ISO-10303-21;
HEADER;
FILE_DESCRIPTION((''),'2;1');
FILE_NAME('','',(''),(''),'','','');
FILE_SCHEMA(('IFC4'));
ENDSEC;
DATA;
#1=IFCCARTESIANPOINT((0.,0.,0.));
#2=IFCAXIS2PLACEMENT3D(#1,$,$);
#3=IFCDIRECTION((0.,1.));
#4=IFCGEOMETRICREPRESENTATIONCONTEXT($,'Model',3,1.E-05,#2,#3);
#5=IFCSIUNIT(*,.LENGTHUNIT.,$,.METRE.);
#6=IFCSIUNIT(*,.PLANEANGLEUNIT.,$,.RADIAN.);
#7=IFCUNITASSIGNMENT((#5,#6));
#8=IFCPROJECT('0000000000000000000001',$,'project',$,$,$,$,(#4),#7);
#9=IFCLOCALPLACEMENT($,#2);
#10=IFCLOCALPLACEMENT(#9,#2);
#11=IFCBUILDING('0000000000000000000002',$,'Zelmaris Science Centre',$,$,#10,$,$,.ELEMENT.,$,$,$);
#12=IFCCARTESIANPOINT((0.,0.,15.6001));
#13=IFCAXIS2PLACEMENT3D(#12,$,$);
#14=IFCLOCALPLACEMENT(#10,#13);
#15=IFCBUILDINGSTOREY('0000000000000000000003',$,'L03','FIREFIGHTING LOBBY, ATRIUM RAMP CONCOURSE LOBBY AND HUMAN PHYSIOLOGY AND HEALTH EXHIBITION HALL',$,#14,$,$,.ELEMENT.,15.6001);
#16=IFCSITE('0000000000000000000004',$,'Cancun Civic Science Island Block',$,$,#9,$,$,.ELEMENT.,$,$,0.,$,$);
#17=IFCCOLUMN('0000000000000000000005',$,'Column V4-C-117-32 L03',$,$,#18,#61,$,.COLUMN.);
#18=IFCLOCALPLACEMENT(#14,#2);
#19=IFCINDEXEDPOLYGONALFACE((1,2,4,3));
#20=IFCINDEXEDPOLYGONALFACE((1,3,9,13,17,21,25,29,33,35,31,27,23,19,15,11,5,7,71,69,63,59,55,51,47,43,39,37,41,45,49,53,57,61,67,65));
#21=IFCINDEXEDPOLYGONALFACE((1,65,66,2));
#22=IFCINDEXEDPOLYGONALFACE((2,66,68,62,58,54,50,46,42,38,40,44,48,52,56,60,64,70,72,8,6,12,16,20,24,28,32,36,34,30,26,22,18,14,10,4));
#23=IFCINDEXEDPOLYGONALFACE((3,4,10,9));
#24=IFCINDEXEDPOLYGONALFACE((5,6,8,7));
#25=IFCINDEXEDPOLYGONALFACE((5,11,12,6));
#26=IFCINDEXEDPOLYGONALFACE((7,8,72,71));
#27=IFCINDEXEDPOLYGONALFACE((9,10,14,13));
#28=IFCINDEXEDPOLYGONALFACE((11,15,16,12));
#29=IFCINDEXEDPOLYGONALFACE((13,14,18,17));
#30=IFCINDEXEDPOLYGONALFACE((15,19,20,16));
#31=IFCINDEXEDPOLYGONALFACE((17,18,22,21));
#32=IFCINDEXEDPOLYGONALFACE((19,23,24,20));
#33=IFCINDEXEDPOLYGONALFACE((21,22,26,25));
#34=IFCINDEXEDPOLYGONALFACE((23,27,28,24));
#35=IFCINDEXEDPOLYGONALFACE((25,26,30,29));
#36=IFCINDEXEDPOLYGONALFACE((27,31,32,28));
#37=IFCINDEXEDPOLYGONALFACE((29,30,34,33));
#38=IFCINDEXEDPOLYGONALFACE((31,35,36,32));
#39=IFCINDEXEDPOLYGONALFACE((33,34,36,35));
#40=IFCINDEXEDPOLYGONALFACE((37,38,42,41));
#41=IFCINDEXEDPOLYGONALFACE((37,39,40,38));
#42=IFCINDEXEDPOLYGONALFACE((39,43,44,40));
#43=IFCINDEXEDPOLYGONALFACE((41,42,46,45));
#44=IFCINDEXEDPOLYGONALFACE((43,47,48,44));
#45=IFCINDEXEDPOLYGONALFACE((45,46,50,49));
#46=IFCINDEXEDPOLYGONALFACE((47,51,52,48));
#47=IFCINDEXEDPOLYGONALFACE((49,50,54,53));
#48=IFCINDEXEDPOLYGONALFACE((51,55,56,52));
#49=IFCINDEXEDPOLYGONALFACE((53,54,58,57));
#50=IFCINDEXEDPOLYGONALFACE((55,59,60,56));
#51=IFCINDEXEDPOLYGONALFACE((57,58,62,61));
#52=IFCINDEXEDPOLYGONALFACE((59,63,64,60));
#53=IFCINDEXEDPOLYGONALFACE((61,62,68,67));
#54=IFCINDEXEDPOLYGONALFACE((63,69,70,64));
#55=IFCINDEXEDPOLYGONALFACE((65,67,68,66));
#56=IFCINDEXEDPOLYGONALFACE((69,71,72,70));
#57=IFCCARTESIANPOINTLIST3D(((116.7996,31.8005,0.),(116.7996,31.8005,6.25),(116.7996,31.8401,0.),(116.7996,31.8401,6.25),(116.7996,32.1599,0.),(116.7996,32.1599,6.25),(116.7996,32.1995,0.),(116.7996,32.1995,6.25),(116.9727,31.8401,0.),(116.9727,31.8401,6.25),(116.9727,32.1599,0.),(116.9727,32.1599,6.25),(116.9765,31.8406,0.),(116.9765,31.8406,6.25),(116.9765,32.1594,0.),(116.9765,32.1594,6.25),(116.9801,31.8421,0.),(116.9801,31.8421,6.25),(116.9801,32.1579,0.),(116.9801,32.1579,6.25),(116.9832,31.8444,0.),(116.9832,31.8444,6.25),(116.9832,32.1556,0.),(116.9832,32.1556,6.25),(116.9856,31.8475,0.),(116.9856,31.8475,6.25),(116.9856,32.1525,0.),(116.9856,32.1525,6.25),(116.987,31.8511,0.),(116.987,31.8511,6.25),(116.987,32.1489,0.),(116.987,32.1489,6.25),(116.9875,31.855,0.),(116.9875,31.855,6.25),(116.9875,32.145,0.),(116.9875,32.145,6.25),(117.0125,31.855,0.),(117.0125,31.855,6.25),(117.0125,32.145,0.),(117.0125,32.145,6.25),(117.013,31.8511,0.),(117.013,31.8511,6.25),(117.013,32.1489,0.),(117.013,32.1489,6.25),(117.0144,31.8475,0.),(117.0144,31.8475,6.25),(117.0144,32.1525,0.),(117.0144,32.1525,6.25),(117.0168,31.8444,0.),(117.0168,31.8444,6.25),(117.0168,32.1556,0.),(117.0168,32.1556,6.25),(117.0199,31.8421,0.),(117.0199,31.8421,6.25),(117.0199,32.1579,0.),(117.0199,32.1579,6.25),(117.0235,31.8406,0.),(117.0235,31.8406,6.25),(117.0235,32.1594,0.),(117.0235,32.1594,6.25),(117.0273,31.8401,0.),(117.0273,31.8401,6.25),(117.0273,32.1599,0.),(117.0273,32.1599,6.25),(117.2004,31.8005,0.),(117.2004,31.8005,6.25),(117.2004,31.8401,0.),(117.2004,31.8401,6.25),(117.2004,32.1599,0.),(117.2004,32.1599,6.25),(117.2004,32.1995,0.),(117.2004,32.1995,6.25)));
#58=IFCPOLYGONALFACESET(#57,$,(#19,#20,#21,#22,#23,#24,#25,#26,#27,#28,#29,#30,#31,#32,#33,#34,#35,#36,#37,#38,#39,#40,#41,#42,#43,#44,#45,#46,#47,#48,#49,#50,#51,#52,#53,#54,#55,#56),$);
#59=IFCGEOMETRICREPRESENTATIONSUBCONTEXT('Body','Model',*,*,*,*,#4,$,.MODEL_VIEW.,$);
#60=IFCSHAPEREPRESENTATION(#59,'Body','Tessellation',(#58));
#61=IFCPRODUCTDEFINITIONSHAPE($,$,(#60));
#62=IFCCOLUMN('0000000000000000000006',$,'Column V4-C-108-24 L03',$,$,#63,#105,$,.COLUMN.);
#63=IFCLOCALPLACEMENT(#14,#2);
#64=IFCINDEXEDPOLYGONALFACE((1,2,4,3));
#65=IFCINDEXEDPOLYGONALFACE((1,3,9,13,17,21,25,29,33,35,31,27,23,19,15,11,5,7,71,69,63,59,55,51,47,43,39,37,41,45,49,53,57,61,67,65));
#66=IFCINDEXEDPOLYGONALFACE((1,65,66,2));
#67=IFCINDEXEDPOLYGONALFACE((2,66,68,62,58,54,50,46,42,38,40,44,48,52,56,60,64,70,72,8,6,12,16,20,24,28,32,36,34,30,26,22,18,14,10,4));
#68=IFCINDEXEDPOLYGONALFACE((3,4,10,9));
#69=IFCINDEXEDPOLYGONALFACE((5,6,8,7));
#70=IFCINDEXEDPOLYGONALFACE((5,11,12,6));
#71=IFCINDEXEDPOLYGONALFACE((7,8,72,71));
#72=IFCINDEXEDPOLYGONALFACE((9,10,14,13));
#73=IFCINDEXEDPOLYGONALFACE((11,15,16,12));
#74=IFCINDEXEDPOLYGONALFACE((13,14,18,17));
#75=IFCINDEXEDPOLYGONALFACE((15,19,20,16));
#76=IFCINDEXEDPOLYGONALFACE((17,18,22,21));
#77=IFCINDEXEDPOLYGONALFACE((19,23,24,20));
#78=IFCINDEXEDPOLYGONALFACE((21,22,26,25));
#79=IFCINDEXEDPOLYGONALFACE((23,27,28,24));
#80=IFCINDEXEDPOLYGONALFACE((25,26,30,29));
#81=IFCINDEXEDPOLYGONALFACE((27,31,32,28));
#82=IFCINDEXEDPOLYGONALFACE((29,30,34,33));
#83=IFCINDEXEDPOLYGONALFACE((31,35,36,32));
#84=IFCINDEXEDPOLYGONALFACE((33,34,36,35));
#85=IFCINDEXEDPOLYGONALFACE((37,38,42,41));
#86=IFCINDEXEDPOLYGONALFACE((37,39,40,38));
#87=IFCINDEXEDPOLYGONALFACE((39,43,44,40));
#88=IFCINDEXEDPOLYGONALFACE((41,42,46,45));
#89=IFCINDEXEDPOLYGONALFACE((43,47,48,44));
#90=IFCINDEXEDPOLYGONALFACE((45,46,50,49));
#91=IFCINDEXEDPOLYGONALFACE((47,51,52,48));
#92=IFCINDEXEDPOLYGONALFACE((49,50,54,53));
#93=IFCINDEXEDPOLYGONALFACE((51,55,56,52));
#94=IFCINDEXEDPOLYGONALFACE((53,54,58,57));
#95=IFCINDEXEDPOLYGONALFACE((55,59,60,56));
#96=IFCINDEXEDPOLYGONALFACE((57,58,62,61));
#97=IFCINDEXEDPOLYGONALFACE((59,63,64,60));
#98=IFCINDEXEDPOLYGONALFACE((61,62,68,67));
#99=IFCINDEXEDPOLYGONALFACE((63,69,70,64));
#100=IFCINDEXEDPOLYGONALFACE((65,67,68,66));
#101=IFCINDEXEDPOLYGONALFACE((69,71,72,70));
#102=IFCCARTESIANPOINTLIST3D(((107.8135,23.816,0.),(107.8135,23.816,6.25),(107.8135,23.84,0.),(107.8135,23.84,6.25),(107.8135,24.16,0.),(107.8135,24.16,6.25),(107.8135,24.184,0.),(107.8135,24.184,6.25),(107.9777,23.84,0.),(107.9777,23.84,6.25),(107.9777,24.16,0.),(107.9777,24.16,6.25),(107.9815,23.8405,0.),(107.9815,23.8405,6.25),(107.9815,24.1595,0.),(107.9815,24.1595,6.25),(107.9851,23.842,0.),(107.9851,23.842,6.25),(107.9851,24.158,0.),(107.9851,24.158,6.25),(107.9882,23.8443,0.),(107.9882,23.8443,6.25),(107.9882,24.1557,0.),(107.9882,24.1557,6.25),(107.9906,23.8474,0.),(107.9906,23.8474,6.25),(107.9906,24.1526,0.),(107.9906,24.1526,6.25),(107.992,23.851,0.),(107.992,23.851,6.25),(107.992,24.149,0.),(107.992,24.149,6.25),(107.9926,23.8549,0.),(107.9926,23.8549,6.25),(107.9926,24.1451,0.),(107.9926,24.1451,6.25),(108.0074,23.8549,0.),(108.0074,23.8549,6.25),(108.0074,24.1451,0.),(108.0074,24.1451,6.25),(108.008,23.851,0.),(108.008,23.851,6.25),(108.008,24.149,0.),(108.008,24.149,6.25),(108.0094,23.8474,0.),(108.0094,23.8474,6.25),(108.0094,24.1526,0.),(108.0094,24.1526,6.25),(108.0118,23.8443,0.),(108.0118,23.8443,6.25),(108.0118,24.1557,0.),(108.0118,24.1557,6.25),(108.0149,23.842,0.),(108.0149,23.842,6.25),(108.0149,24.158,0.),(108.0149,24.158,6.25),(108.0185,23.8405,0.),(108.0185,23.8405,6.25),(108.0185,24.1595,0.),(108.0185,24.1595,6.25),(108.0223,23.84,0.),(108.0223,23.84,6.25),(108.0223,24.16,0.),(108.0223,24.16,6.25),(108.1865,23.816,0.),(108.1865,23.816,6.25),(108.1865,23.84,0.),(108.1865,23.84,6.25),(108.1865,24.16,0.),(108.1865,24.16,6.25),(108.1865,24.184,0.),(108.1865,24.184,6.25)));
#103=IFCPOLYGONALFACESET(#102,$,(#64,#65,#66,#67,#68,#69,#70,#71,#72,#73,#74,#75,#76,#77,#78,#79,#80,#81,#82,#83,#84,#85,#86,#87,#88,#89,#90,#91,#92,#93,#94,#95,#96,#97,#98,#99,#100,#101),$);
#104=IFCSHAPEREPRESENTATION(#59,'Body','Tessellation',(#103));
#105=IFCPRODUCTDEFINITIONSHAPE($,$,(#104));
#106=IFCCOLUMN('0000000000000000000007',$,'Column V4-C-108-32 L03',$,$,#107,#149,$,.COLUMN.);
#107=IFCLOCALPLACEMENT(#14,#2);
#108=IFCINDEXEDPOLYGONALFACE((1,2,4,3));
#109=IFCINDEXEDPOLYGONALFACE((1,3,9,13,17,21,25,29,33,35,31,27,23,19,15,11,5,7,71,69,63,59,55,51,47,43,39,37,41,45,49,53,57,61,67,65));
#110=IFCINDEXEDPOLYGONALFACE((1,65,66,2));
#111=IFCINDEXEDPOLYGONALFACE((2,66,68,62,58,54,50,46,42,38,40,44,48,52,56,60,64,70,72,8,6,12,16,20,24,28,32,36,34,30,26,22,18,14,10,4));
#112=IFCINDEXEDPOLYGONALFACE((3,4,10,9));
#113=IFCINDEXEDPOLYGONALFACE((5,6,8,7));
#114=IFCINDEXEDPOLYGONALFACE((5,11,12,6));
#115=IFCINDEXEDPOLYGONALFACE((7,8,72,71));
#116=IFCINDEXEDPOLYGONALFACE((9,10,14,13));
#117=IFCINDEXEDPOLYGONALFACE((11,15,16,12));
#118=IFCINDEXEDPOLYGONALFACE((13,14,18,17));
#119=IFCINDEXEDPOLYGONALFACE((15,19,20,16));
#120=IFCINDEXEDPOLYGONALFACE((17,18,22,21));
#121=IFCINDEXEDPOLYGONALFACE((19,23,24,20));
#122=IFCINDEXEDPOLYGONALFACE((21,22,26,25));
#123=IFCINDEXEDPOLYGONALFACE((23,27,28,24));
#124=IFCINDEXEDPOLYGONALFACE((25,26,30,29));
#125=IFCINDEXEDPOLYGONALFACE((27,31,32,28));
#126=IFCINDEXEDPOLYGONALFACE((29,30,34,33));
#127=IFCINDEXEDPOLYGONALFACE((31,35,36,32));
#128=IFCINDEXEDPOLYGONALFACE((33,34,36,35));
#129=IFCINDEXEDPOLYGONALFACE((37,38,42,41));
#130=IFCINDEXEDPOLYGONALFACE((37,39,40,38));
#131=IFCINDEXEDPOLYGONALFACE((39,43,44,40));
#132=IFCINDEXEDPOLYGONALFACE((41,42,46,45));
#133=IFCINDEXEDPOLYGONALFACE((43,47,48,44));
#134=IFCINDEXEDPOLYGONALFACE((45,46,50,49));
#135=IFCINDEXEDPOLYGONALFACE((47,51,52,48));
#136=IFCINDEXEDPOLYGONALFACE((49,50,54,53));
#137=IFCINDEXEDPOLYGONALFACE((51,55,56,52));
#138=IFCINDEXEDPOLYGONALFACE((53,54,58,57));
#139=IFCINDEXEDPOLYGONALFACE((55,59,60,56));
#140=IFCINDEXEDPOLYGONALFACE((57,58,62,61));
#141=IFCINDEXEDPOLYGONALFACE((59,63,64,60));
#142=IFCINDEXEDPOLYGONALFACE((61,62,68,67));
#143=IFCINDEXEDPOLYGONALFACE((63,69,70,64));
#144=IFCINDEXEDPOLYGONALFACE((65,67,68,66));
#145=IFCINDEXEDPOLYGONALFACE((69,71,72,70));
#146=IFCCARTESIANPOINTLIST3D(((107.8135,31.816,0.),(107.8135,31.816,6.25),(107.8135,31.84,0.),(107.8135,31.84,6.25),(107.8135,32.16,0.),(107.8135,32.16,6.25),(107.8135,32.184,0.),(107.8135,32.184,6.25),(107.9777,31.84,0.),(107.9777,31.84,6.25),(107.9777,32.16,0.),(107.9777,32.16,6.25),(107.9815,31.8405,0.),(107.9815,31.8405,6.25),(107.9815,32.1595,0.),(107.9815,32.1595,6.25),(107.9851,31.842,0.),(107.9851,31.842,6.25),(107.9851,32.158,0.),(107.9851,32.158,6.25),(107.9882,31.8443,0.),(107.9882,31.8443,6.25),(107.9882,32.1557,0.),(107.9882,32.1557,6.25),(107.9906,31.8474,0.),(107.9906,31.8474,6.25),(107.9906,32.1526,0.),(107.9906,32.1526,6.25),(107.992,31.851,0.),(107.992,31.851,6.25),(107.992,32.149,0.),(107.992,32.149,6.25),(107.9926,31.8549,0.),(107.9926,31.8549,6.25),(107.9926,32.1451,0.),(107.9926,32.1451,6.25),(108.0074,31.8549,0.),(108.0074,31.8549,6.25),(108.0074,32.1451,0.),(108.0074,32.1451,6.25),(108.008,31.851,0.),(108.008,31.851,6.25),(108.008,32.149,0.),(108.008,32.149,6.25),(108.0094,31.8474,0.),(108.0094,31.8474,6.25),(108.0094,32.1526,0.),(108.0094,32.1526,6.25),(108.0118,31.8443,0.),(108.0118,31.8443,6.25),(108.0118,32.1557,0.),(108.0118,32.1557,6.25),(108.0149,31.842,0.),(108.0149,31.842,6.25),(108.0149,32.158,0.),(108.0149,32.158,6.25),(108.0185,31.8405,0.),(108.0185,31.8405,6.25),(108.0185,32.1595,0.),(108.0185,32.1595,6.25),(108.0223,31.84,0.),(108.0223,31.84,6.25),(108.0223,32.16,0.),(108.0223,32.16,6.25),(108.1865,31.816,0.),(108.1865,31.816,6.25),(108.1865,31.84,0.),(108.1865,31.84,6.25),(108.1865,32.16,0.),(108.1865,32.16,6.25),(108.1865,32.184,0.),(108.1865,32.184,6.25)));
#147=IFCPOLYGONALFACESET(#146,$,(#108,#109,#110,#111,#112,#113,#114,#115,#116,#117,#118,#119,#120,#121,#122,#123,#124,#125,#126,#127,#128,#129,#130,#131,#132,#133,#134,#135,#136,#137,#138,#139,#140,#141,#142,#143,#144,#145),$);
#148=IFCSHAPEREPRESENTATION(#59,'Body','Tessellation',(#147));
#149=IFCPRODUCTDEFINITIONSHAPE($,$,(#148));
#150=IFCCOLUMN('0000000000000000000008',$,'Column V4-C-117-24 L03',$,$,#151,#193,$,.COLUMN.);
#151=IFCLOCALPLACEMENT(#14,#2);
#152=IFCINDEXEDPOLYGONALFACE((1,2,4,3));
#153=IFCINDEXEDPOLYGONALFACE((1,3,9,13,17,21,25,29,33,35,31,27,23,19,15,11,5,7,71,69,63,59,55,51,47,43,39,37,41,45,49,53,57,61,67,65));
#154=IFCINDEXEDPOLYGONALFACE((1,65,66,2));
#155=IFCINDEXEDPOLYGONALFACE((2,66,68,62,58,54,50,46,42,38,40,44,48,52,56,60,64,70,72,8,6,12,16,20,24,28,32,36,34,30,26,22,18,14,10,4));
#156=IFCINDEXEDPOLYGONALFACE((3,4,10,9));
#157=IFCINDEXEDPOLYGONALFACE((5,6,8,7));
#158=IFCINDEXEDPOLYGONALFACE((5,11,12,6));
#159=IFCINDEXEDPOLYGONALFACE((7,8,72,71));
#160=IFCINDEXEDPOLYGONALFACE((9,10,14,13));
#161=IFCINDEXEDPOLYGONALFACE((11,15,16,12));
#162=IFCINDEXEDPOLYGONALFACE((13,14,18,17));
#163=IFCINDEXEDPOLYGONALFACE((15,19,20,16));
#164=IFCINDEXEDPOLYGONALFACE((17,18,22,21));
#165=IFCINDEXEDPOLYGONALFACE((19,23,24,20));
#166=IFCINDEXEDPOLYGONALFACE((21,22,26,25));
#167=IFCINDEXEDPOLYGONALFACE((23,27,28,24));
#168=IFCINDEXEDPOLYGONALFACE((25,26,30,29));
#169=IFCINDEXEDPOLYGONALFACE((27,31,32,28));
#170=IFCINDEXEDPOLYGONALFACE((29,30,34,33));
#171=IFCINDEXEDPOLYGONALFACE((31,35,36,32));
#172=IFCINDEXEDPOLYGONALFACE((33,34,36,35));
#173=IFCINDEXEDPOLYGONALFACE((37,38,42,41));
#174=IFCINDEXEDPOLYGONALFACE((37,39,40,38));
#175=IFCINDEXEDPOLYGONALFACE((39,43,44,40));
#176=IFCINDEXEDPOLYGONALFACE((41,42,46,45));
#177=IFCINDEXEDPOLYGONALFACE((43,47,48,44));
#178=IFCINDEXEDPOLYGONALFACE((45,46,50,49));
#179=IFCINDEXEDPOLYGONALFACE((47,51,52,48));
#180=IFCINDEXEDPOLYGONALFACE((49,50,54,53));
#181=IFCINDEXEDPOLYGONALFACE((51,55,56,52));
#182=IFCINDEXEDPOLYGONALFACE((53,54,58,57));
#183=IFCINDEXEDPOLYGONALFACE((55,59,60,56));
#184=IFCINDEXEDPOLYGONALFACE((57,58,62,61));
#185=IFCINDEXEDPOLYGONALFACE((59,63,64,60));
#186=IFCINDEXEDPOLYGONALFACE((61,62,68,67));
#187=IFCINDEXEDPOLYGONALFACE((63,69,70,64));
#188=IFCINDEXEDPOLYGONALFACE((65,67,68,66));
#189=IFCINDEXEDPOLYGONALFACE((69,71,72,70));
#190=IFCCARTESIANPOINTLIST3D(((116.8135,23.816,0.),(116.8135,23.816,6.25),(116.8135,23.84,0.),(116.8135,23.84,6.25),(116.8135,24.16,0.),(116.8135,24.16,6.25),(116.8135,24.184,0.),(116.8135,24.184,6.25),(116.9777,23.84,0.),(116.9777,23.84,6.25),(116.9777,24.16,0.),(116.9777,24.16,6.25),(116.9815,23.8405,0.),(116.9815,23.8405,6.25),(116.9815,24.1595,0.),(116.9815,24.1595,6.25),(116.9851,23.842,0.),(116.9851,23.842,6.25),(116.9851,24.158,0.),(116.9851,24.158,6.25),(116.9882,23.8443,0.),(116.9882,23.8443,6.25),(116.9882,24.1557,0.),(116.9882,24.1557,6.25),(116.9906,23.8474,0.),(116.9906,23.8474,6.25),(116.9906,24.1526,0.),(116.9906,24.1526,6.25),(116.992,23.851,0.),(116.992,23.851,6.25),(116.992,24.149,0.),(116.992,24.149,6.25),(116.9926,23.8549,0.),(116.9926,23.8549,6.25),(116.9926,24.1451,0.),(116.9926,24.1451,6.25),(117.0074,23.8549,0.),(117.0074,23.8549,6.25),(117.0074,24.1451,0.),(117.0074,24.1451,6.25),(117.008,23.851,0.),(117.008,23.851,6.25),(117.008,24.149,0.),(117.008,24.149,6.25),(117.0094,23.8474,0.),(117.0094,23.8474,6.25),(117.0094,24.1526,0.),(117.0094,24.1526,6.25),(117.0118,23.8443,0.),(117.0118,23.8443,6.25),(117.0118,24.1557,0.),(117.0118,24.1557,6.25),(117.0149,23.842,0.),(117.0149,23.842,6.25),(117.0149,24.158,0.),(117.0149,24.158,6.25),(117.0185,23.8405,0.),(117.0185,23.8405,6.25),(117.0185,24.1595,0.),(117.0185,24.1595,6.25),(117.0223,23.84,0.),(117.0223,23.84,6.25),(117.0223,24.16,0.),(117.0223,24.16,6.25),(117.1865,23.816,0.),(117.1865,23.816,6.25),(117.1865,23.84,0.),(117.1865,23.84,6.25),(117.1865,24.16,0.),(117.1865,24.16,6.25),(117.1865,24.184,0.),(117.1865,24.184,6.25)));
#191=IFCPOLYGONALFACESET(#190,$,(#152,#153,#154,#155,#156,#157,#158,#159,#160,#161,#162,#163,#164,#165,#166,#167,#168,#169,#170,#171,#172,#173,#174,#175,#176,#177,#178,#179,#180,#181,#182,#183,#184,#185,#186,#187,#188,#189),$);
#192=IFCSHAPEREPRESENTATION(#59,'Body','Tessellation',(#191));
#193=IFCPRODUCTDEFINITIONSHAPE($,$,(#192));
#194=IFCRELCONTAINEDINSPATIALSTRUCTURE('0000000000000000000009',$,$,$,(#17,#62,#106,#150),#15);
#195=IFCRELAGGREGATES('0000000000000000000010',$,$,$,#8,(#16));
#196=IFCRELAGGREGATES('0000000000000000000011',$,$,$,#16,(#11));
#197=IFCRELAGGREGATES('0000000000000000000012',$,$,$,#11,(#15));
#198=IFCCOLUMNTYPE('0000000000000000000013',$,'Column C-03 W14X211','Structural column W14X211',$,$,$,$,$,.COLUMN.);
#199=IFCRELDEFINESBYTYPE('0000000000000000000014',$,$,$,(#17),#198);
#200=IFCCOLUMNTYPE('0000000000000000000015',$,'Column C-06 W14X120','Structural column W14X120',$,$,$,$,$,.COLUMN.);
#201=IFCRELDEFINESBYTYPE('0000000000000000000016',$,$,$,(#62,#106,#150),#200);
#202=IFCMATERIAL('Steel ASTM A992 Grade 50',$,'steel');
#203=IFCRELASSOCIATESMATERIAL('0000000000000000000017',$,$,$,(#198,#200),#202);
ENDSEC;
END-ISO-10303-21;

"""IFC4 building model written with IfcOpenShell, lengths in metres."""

from ifc_helpers import new_model, si_unit, direction, frame, origin, origin_2d, place, context, subcontext, project, spatial, i_section, extrude, material, material_profile, profile_set, type_object, element, save


model = new_model("IFC4")

# Units and contexts
model_context = context("Model", 3, precision=1e-05, world=origin(), true_north=direction((0.0, 1.0)))
body_context = subcontext(model_context, "Body", "Model", "MODEL_VIEW")
ifc_project = project(units=[si_unit("LENGTHUNIT", "METRE"), si_unit("PLANEANGLEUNIT", "RADIAN")], contexts=[model_context])

# Site, building, storey
site_placement = place(None, origin())
site = spatial("IfcSite", under=ifc_project, at=site_placement, Name="Cancun Civic Science Island Block", CompositionType="ELEMENT", RefElevation=0.0)
building_placement = place(site_placement, origin())
building = spatial("IfcBuilding", under=site, at=building_placement, Name="Zelmaris Science Centre", CompositionType="ELEMENT")
storey_placement = place(building_placement, frame((0.0, 0.0, 15.6001)))
storey = spatial("IfcBuildingStorey", under=building, at=storey_placement, Name="L03", Description="FIREFIGHTING LOBBY, ATRIUM RAMP CONCOURSE LOBBY AND HUMAN PHYSIOLOGY AND HEALTH EXHIBITION HALL", CompositionType="ELEMENT", Elevation=15.6001)

# Columns
ifc_material_1 = material(Name="Steel ASTM A992 Grade 50", Category="steel")
ifc_material_profile_1 = material_profile(ifc_material_1, i_section(OverallWidth=0.4009, OverallDepth=0.3989, WebThickness=0.0249, FlangeThickness=0.0396, FilletRadius=0.0149, at=origin_2d()), Name="W14X211")
ifc_profile_set_1 = profile_set([ifc_material_profile_1], Name="Steel ASTM A992 Grade 50")
column_type_1 = type_object("IfcColumnType", Name="Column C-03 W14X211", Description="Structural column W14X211", PredefinedType="COLUMN", material=ifc_profile_set_1)
column_placement = place(storey_placement, frame((117.0, 32.0, 0.0), z_axis=(0.0, 0.0, 1.0), x_axis=(1.0, 0.0, 0.0)))
element("IfcColumn", 1, at=column_placement, inside=storey, type_object=column_type_1, Name="Column V4-C-117-32 L03", PredefinedType="COLUMN", context=body_context, shape_type="SweptSolid", body=[
    extrude(i_section(OverallWidth=0.4009, OverallDepth=0.3989, WebThickness=0.0249, FlangeThickness=0.0396, FilletRadius=0.0149, at=origin_2d()), origin(), (0.0, 0.0, 1.0), 6.25),
])
ifc_material_profile_2 = material_profile(ifc_material_1, i_section(OverallWidth=0.373, OverallDepth=0.3679, WebThickness=0.0149, FlangeThickness=0.0239, FilletRadius=0.0149, at=origin_2d()), Name="W14X120")
ifc_profile_set_2 = profile_set([ifc_material_profile_2], Name="Steel ASTM A992 Grade 50")
column_type_2 = type_object("IfcColumnType", Name="Column C-06 W14X120", Description="Structural column W14X120", PredefinedType="COLUMN", material=ifc_profile_set_2)
for number, where, z_axis, x_axis, name in (
    (2, (108.0, 24.0, 0.0), (0.0, 0.0, 1.0), (1.0, 0.0, 0.0), "Column V4-C-108-24 L03"),
    (3, (108.0, 32.0, 0.0), (0.0, 0.0, 1.0), (1.0, 0.0, 0.0), "Column V4-C-108-32 L03"),
    (4, (117.0, 24.0, 0.0), (0.0, 0.0, 1.0), (1.0, 0.0, 0.0), "Column V4-C-117-24 L03"),
):
    element("IfcColumn", number, at=place(storey_placement, frame(where, z_axis=z_axis, x_axis=x_axis)), inside=storey, type_object=column_type_2, Name=name, PredefinedType="COLUMN", context=body_context, shape_type="SweptSolid", body=[
        extrude(i_section(OverallWidth=0.373, OverallDepth=0.3679, WebThickness=0.0149, FlangeThickness=0.0239, FilletRadius=0.0149, at=origin_2d()), origin(), (0.0, 0.0, 1.0), 6.25),
    ])

save(model, "model.ifc")
